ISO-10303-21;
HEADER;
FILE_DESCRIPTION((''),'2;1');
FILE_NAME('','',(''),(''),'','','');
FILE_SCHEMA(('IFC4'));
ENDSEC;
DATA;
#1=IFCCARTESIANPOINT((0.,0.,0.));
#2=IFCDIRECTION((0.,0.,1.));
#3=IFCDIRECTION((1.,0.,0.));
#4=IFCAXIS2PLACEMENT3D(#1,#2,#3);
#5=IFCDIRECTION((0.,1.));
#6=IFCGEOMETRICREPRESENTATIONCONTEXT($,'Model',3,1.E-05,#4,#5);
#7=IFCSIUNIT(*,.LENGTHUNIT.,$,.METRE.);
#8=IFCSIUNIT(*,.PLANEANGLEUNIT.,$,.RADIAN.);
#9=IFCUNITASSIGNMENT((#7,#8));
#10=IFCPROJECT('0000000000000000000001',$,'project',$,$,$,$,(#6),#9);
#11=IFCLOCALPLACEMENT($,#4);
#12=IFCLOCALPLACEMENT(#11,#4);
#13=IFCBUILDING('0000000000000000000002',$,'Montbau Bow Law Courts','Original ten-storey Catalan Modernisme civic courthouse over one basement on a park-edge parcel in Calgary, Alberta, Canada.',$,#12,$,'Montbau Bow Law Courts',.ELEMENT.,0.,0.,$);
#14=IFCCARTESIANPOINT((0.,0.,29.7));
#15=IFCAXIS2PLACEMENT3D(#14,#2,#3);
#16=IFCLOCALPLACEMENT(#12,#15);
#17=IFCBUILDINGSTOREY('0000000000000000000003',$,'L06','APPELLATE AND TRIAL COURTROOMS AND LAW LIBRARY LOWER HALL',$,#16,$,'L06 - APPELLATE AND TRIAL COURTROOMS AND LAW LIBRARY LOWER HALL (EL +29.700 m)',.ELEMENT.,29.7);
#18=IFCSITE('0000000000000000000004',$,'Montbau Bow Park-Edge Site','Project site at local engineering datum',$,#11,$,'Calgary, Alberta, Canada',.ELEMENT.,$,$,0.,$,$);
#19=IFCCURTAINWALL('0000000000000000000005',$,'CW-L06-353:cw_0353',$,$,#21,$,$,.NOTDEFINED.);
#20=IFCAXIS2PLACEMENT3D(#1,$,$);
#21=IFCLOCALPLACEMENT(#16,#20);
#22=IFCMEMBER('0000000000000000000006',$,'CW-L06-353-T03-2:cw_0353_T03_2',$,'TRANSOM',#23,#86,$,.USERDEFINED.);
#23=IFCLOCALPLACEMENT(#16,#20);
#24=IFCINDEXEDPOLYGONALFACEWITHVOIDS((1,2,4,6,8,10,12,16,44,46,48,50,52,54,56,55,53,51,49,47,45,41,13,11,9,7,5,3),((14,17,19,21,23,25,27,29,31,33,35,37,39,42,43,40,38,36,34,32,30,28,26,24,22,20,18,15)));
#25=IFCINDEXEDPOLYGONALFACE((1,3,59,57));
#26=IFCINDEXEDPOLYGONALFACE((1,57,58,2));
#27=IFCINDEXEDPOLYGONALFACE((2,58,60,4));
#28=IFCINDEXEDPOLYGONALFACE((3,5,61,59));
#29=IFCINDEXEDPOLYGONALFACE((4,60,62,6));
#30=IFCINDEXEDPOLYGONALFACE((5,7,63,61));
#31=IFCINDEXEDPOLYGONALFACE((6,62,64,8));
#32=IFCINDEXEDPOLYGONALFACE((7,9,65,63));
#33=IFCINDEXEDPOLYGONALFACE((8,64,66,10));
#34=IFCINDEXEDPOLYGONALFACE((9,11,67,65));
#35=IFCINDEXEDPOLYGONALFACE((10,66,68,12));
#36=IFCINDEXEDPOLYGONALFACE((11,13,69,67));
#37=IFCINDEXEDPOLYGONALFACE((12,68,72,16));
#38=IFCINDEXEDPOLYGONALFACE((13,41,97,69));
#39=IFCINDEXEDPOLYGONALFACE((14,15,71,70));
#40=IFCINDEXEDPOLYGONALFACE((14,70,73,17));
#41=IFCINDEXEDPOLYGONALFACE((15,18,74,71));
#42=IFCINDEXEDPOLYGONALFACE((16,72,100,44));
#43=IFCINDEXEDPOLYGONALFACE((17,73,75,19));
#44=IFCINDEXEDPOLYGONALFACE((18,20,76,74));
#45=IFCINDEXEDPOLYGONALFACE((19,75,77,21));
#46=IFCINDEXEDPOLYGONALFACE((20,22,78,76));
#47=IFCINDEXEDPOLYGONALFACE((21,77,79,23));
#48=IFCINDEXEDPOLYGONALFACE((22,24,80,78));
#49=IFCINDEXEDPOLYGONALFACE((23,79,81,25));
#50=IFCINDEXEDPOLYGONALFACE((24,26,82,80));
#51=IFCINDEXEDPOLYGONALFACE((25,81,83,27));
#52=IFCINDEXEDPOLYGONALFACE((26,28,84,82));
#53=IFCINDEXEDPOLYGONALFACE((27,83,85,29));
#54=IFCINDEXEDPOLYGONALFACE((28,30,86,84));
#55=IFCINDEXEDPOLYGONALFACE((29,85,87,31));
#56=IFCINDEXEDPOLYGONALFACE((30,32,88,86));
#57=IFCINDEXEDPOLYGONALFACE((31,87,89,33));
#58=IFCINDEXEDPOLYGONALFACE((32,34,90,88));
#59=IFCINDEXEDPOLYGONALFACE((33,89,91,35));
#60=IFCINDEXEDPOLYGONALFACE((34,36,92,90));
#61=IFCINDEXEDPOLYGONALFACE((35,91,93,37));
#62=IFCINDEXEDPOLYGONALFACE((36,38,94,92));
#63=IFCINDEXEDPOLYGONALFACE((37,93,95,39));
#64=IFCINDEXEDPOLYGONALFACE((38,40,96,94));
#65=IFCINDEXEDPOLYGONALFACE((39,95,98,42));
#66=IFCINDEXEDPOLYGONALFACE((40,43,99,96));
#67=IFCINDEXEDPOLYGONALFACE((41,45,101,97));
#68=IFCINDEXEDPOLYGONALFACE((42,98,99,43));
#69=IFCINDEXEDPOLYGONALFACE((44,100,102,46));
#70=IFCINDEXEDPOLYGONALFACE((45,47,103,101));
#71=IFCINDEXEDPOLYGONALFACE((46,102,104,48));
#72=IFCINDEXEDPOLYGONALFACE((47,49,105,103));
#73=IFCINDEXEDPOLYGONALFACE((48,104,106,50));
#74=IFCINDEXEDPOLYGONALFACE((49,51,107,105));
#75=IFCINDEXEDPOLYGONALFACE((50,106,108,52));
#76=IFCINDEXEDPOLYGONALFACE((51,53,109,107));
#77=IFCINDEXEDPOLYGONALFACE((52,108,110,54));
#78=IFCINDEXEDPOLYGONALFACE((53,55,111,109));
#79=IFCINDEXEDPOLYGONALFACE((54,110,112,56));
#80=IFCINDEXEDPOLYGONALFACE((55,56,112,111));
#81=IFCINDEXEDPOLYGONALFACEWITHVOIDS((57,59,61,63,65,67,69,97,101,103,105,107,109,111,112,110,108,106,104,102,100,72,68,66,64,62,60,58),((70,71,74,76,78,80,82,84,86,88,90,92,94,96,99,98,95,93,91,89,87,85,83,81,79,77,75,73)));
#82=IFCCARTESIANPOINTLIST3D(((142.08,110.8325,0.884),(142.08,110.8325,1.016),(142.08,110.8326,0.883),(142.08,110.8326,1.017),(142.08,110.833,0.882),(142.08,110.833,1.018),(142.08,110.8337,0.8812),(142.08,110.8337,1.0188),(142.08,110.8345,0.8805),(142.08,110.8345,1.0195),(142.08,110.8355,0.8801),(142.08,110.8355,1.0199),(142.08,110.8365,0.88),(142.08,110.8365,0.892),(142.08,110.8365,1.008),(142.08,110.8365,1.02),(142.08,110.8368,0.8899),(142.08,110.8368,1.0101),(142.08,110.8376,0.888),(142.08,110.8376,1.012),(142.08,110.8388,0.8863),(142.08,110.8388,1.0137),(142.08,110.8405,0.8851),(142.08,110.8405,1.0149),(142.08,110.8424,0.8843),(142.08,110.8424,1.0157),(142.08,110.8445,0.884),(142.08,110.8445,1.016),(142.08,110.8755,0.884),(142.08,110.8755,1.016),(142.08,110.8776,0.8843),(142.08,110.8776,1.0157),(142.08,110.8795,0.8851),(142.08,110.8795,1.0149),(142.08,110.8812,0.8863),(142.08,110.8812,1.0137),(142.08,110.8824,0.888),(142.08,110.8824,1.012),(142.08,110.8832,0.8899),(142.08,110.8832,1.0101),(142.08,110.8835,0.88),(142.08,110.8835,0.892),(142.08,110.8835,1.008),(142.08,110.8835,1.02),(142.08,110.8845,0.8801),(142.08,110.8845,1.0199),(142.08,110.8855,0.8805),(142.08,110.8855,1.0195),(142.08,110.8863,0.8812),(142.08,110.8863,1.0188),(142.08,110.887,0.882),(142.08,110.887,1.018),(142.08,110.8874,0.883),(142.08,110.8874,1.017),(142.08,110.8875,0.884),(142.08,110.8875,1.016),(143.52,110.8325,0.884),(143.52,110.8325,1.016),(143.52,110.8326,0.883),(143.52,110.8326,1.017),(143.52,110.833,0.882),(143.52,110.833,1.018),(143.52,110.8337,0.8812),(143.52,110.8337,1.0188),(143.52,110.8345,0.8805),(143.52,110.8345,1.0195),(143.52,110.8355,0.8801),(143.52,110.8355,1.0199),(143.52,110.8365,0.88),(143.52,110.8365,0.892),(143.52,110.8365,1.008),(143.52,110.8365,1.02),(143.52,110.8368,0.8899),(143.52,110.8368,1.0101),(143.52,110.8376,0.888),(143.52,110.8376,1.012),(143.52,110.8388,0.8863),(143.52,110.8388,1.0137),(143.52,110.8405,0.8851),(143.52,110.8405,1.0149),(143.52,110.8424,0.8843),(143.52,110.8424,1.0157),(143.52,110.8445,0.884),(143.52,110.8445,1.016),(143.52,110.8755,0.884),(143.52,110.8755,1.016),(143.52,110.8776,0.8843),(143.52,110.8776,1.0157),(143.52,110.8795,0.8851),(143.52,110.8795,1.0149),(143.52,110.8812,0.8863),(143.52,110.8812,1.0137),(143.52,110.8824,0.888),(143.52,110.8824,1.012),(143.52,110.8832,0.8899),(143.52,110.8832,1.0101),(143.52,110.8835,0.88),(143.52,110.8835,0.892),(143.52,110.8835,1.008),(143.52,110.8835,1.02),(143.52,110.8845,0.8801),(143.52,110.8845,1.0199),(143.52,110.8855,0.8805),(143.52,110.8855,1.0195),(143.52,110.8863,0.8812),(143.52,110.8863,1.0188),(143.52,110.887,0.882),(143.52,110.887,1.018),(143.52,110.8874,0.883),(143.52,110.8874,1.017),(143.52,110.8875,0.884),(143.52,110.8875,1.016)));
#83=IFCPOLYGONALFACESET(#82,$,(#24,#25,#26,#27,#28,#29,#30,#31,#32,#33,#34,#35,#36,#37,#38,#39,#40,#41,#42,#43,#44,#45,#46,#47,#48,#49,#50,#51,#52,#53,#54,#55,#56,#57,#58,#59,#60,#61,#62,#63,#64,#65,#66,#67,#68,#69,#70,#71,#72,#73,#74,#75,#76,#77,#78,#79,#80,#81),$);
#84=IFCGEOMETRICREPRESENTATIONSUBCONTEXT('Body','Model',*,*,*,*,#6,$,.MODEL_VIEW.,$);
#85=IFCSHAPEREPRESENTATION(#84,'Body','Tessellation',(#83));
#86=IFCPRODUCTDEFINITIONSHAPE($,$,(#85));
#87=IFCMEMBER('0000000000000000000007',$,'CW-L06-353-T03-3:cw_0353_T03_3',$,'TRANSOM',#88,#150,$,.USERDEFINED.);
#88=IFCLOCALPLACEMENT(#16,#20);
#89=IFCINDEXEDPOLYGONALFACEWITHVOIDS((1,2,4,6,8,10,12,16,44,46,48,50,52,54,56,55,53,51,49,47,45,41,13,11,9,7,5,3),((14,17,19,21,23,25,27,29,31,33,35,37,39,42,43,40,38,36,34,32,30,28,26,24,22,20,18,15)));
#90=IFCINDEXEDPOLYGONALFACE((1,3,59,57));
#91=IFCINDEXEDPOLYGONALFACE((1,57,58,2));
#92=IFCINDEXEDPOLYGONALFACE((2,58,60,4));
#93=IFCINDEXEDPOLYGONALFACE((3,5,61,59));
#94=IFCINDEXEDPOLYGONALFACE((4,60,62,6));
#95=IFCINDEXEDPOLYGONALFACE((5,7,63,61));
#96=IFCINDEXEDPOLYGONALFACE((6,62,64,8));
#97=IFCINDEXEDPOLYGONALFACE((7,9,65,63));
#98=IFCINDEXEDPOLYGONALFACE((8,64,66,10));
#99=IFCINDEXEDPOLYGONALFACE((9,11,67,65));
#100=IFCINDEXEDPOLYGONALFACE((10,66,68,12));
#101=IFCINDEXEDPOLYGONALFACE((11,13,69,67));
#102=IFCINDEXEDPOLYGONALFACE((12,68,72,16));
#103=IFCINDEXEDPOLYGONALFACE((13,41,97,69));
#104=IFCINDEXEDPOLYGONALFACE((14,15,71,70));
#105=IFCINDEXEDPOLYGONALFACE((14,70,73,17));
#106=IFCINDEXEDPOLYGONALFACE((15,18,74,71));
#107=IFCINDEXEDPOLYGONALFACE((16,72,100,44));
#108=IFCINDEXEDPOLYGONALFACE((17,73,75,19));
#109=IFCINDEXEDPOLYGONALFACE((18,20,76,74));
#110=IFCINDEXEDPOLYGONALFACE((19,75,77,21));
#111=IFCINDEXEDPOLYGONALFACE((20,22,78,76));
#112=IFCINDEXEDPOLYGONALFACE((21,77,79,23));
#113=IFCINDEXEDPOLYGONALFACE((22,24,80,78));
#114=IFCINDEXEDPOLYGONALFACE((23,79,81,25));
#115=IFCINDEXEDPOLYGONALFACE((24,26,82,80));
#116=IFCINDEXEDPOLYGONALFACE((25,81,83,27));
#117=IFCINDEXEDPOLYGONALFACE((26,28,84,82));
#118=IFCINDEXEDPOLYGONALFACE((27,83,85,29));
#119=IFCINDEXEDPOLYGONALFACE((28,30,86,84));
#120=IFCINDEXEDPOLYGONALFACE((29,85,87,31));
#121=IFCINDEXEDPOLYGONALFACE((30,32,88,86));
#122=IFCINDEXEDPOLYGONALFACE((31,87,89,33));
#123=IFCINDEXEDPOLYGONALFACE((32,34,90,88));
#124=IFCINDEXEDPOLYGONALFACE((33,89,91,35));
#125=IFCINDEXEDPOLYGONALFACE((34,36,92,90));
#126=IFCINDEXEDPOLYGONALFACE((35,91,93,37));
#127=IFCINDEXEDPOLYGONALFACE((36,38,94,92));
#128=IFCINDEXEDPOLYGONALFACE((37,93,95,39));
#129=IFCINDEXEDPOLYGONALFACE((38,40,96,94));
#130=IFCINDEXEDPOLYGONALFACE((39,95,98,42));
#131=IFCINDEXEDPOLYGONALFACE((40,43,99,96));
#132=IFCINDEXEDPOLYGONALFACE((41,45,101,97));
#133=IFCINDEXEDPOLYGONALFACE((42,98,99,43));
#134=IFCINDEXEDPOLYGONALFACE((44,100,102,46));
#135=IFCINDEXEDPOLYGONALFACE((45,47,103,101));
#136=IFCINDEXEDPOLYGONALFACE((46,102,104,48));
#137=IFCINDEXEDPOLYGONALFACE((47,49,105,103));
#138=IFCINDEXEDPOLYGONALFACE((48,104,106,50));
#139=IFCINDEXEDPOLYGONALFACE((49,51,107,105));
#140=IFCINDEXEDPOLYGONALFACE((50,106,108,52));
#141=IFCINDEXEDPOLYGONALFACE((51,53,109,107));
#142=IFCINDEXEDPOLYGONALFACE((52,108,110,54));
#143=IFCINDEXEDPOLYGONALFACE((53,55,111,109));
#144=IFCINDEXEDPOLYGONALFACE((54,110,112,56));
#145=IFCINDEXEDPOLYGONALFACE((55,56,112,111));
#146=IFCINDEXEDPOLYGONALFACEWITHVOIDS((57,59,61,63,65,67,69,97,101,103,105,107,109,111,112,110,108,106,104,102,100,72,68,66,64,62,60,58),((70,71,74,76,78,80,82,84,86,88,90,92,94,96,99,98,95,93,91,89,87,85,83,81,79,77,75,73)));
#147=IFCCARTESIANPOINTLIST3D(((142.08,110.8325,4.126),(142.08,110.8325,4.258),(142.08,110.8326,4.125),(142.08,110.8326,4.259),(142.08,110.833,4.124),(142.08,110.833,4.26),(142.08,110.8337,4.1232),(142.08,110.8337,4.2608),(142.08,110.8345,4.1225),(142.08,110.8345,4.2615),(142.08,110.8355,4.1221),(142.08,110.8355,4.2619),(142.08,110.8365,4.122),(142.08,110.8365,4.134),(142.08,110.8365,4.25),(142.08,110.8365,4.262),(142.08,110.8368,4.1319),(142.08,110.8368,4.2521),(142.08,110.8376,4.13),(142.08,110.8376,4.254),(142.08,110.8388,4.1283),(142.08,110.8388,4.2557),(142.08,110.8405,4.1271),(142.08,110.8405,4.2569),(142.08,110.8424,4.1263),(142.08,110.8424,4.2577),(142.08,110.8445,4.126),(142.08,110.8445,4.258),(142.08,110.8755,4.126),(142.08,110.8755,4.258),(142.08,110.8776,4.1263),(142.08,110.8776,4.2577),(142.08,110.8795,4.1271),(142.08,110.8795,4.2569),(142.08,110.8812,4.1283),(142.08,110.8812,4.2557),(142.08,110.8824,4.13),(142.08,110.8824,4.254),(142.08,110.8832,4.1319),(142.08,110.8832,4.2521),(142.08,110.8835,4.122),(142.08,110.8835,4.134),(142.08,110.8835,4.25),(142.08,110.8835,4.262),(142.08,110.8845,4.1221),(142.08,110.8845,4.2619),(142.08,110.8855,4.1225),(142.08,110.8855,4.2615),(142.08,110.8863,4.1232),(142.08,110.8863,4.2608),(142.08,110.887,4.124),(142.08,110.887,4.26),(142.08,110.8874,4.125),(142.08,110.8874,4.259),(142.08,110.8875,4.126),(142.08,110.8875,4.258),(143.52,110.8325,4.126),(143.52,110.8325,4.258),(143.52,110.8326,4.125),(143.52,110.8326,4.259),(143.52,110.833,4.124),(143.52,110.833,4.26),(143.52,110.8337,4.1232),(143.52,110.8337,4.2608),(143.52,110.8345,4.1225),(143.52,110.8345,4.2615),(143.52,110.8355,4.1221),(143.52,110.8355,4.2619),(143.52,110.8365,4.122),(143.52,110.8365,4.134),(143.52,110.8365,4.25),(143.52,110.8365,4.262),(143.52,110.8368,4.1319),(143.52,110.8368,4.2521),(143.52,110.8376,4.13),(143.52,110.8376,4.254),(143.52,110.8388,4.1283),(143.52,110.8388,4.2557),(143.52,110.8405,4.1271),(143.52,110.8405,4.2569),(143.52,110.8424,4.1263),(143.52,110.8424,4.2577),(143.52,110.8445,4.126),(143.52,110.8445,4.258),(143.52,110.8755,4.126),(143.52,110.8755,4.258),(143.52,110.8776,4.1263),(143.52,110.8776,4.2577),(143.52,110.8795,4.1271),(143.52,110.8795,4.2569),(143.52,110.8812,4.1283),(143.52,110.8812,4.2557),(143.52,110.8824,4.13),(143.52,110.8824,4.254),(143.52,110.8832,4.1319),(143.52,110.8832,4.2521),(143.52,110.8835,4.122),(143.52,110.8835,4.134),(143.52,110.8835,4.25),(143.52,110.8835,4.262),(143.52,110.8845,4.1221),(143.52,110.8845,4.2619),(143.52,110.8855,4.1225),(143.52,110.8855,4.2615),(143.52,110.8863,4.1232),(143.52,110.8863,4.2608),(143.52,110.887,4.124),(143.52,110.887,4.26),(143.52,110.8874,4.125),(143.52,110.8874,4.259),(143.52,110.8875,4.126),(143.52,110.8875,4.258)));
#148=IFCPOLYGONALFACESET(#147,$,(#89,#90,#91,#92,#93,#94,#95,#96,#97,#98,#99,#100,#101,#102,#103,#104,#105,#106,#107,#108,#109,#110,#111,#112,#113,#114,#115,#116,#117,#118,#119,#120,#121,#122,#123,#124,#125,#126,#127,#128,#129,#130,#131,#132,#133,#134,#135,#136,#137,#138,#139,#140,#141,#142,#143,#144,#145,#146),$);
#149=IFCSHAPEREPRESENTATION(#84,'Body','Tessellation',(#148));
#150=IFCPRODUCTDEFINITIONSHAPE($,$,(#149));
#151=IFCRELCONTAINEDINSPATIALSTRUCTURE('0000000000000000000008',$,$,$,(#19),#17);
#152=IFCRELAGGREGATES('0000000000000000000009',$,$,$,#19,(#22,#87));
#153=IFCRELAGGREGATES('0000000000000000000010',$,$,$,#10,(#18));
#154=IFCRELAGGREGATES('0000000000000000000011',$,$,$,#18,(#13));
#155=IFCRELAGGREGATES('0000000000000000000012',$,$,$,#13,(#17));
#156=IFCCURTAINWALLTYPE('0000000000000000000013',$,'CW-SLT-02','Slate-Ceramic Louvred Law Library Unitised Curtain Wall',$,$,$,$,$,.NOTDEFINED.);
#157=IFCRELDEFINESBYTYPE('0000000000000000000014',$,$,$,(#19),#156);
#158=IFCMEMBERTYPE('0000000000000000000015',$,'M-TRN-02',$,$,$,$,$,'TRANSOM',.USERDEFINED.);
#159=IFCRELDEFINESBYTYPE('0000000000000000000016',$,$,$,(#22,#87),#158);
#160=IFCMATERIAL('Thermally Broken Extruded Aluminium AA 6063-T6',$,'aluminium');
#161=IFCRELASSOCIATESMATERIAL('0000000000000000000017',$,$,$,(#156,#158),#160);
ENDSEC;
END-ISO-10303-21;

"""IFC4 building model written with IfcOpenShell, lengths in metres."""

from ifc_helpers import new_model, si_unit, direction, frame, origin_with_axes, origin_2d_with_axis, place, context, subcontext, project, spatial, hollow_rectangle, extrude, material, material_profile, profile_set, type_object, element, aggregate, save


model = new_model("IFC4")

# Units and contexts
model_context = context("Model", 3, precision=1e-05, world=origin_with_axes(), true_north=direction((0.0, 1.0)))
body_context = subcontext(model_context, "Body", "Model", "MODEL_VIEW")
ifc_project = project(units=[si_unit("LENGTHUNIT", "METRE"), si_unit("PLANEANGLEUNIT", "RADIAN")], contexts=[model_context])

# Site, building, storey
site_placement = place(None, origin_with_axes())
site = spatial("IfcSite", under=ifc_project, at=site_placement, Name="Montbau Bow Park-Edge Site", Description="Project site at local engineering datum", LongName="Calgary, Alberta, Canada", CompositionType="ELEMENT", RefElevation=0.0)
building_placement = place(site_placement, origin_with_axes())
building = spatial("IfcBuilding", under=site, at=building_placement, Name="Montbau Bow Law Courts", Description="Original ten-storey Catalan Modernisme civic courthouse over one basement on a park-edge parcel in Calgary, Alberta, Canada.", LongName="Montbau Bow Law Courts", CompositionType="ELEMENT", ElevationOfRefHeight=0.0, ElevationOfTerrain=0.0)
storey_placement = place(building_placement, frame((0.0, 0.0, 29.7), z_axis=(0.0, 0.0, 1.0), x_axis=(1.0, 0.0, 0.0)))
storey = spatial("IfcBuildingStorey", under=building, at=storey_placement, Name="L06", Description="APPELLATE AND TRIAL COURTROOMS AND LAW LIBRARY LOWER HALL", LongName="L06 - APPELLATE AND TRIAL COURTROOMS AND LAW LIBRARY LOWER HALL (EL +29.700 m)", CompositionType="ELEMENT", Elevation=29.7)

# Curtain wall, members
ifc_material_1 = material(Name="Thermally Broken Extruded Aluminium AA 6063-T6", Category="aluminium")
curtain_wall_type = type_object("IfcCurtainWallType", Name="CW-SLT-02", Description="Slate-Ceramic Louvred Law Library Unitised Curtain Wall", PredefinedType="NOTDEFINED", material=ifc_material_1)
curtain_wall_placement = place(None, frame((139.04, 110.86, 29.7), z_axis=(0.0, 0.0, 1.0), x_axis=(1.0, 0.0, 0.0)))
curtain_wall = element("IfcCurtainWall", 1, at=curtain_wall_placement, inside=storey, type_object=curtain_wall_type, Name="CW-L06-353:cw_0353", PredefinedType="NOTDEFINED")
ifc_material_profile_1 = material_profile(ifc_material_1, hollow_rectangle(XDim=0.055, YDim=0.14, WallThickness=0.004, InnerFilletRadius=0.008, OuterFilletRadius=0.004, at=origin_2d_with_axis()), Name="CWT-140X55", Category="Main", Priority=0)
ifc_profile_set_1 = profile_set([ifc_material_profile_1], Name="Thermally Broken Extruded Aluminium AA 6063-T6")
member_type_1 = type_object("IfcMemberType", Name="M-TRN-02", ElementType="TRANSOM", PredefinedType="USERDEFINED", material=ifc_profile_set_1)
member_1_placement = place(None, frame((142.08, 110.86, 30.65), z_axis=(1.0, 0.0, 0.0), x_axis=(0.0, 1.0, 0.0)))
member_1 = element("IfcMember", 2, at=member_1_placement, type_object=member_type_1, Name="CW-L06-353-T03-2:cw_0353_T03_2", ObjectType="TRANSOM", PredefinedType="USERDEFINED", context=body_context, shape_type="SweptSolid", body=[
    extrude(hollow_rectangle(XDim=0.055, YDim=0.14, WallThickness=0.004, InnerFilletRadius=0.008, OuterFilletRadius=0.004, at=origin_2d_with_axis()), origin_with_axes(), (0.0, 0.0, 1.0), 1.44),
])
member_2_placement = place(None, frame((142.08, 110.86, 33.892), z_axis=(1.0, 0.0, 0.0), x_axis=(0.0, 1.0, 0.0)))
member_2 = element("IfcMember", 3, at=member_2_placement, type_object=member_type_1, Name="CW-L06-353-T03-3:cw_0353_T03_3", ObjectType="TRANSOM", PredefinedType="USERDEFINED", context=body_context, shape_type="SweptSolid", body=[
    extrude(hollow_rectangle(XDim=0.055, YDim=0.14, WallThickness=0.004, InnerFilletRadius=0.008, OuterFilletRadius=0.004, at=origin_2d_with_axis()), origin_with_axes(), (0.0, 0.0, 1.0), 1.44),
])
aggregate(curtain_wall, [member_1, member_2])

save(model, "model.ifc")
